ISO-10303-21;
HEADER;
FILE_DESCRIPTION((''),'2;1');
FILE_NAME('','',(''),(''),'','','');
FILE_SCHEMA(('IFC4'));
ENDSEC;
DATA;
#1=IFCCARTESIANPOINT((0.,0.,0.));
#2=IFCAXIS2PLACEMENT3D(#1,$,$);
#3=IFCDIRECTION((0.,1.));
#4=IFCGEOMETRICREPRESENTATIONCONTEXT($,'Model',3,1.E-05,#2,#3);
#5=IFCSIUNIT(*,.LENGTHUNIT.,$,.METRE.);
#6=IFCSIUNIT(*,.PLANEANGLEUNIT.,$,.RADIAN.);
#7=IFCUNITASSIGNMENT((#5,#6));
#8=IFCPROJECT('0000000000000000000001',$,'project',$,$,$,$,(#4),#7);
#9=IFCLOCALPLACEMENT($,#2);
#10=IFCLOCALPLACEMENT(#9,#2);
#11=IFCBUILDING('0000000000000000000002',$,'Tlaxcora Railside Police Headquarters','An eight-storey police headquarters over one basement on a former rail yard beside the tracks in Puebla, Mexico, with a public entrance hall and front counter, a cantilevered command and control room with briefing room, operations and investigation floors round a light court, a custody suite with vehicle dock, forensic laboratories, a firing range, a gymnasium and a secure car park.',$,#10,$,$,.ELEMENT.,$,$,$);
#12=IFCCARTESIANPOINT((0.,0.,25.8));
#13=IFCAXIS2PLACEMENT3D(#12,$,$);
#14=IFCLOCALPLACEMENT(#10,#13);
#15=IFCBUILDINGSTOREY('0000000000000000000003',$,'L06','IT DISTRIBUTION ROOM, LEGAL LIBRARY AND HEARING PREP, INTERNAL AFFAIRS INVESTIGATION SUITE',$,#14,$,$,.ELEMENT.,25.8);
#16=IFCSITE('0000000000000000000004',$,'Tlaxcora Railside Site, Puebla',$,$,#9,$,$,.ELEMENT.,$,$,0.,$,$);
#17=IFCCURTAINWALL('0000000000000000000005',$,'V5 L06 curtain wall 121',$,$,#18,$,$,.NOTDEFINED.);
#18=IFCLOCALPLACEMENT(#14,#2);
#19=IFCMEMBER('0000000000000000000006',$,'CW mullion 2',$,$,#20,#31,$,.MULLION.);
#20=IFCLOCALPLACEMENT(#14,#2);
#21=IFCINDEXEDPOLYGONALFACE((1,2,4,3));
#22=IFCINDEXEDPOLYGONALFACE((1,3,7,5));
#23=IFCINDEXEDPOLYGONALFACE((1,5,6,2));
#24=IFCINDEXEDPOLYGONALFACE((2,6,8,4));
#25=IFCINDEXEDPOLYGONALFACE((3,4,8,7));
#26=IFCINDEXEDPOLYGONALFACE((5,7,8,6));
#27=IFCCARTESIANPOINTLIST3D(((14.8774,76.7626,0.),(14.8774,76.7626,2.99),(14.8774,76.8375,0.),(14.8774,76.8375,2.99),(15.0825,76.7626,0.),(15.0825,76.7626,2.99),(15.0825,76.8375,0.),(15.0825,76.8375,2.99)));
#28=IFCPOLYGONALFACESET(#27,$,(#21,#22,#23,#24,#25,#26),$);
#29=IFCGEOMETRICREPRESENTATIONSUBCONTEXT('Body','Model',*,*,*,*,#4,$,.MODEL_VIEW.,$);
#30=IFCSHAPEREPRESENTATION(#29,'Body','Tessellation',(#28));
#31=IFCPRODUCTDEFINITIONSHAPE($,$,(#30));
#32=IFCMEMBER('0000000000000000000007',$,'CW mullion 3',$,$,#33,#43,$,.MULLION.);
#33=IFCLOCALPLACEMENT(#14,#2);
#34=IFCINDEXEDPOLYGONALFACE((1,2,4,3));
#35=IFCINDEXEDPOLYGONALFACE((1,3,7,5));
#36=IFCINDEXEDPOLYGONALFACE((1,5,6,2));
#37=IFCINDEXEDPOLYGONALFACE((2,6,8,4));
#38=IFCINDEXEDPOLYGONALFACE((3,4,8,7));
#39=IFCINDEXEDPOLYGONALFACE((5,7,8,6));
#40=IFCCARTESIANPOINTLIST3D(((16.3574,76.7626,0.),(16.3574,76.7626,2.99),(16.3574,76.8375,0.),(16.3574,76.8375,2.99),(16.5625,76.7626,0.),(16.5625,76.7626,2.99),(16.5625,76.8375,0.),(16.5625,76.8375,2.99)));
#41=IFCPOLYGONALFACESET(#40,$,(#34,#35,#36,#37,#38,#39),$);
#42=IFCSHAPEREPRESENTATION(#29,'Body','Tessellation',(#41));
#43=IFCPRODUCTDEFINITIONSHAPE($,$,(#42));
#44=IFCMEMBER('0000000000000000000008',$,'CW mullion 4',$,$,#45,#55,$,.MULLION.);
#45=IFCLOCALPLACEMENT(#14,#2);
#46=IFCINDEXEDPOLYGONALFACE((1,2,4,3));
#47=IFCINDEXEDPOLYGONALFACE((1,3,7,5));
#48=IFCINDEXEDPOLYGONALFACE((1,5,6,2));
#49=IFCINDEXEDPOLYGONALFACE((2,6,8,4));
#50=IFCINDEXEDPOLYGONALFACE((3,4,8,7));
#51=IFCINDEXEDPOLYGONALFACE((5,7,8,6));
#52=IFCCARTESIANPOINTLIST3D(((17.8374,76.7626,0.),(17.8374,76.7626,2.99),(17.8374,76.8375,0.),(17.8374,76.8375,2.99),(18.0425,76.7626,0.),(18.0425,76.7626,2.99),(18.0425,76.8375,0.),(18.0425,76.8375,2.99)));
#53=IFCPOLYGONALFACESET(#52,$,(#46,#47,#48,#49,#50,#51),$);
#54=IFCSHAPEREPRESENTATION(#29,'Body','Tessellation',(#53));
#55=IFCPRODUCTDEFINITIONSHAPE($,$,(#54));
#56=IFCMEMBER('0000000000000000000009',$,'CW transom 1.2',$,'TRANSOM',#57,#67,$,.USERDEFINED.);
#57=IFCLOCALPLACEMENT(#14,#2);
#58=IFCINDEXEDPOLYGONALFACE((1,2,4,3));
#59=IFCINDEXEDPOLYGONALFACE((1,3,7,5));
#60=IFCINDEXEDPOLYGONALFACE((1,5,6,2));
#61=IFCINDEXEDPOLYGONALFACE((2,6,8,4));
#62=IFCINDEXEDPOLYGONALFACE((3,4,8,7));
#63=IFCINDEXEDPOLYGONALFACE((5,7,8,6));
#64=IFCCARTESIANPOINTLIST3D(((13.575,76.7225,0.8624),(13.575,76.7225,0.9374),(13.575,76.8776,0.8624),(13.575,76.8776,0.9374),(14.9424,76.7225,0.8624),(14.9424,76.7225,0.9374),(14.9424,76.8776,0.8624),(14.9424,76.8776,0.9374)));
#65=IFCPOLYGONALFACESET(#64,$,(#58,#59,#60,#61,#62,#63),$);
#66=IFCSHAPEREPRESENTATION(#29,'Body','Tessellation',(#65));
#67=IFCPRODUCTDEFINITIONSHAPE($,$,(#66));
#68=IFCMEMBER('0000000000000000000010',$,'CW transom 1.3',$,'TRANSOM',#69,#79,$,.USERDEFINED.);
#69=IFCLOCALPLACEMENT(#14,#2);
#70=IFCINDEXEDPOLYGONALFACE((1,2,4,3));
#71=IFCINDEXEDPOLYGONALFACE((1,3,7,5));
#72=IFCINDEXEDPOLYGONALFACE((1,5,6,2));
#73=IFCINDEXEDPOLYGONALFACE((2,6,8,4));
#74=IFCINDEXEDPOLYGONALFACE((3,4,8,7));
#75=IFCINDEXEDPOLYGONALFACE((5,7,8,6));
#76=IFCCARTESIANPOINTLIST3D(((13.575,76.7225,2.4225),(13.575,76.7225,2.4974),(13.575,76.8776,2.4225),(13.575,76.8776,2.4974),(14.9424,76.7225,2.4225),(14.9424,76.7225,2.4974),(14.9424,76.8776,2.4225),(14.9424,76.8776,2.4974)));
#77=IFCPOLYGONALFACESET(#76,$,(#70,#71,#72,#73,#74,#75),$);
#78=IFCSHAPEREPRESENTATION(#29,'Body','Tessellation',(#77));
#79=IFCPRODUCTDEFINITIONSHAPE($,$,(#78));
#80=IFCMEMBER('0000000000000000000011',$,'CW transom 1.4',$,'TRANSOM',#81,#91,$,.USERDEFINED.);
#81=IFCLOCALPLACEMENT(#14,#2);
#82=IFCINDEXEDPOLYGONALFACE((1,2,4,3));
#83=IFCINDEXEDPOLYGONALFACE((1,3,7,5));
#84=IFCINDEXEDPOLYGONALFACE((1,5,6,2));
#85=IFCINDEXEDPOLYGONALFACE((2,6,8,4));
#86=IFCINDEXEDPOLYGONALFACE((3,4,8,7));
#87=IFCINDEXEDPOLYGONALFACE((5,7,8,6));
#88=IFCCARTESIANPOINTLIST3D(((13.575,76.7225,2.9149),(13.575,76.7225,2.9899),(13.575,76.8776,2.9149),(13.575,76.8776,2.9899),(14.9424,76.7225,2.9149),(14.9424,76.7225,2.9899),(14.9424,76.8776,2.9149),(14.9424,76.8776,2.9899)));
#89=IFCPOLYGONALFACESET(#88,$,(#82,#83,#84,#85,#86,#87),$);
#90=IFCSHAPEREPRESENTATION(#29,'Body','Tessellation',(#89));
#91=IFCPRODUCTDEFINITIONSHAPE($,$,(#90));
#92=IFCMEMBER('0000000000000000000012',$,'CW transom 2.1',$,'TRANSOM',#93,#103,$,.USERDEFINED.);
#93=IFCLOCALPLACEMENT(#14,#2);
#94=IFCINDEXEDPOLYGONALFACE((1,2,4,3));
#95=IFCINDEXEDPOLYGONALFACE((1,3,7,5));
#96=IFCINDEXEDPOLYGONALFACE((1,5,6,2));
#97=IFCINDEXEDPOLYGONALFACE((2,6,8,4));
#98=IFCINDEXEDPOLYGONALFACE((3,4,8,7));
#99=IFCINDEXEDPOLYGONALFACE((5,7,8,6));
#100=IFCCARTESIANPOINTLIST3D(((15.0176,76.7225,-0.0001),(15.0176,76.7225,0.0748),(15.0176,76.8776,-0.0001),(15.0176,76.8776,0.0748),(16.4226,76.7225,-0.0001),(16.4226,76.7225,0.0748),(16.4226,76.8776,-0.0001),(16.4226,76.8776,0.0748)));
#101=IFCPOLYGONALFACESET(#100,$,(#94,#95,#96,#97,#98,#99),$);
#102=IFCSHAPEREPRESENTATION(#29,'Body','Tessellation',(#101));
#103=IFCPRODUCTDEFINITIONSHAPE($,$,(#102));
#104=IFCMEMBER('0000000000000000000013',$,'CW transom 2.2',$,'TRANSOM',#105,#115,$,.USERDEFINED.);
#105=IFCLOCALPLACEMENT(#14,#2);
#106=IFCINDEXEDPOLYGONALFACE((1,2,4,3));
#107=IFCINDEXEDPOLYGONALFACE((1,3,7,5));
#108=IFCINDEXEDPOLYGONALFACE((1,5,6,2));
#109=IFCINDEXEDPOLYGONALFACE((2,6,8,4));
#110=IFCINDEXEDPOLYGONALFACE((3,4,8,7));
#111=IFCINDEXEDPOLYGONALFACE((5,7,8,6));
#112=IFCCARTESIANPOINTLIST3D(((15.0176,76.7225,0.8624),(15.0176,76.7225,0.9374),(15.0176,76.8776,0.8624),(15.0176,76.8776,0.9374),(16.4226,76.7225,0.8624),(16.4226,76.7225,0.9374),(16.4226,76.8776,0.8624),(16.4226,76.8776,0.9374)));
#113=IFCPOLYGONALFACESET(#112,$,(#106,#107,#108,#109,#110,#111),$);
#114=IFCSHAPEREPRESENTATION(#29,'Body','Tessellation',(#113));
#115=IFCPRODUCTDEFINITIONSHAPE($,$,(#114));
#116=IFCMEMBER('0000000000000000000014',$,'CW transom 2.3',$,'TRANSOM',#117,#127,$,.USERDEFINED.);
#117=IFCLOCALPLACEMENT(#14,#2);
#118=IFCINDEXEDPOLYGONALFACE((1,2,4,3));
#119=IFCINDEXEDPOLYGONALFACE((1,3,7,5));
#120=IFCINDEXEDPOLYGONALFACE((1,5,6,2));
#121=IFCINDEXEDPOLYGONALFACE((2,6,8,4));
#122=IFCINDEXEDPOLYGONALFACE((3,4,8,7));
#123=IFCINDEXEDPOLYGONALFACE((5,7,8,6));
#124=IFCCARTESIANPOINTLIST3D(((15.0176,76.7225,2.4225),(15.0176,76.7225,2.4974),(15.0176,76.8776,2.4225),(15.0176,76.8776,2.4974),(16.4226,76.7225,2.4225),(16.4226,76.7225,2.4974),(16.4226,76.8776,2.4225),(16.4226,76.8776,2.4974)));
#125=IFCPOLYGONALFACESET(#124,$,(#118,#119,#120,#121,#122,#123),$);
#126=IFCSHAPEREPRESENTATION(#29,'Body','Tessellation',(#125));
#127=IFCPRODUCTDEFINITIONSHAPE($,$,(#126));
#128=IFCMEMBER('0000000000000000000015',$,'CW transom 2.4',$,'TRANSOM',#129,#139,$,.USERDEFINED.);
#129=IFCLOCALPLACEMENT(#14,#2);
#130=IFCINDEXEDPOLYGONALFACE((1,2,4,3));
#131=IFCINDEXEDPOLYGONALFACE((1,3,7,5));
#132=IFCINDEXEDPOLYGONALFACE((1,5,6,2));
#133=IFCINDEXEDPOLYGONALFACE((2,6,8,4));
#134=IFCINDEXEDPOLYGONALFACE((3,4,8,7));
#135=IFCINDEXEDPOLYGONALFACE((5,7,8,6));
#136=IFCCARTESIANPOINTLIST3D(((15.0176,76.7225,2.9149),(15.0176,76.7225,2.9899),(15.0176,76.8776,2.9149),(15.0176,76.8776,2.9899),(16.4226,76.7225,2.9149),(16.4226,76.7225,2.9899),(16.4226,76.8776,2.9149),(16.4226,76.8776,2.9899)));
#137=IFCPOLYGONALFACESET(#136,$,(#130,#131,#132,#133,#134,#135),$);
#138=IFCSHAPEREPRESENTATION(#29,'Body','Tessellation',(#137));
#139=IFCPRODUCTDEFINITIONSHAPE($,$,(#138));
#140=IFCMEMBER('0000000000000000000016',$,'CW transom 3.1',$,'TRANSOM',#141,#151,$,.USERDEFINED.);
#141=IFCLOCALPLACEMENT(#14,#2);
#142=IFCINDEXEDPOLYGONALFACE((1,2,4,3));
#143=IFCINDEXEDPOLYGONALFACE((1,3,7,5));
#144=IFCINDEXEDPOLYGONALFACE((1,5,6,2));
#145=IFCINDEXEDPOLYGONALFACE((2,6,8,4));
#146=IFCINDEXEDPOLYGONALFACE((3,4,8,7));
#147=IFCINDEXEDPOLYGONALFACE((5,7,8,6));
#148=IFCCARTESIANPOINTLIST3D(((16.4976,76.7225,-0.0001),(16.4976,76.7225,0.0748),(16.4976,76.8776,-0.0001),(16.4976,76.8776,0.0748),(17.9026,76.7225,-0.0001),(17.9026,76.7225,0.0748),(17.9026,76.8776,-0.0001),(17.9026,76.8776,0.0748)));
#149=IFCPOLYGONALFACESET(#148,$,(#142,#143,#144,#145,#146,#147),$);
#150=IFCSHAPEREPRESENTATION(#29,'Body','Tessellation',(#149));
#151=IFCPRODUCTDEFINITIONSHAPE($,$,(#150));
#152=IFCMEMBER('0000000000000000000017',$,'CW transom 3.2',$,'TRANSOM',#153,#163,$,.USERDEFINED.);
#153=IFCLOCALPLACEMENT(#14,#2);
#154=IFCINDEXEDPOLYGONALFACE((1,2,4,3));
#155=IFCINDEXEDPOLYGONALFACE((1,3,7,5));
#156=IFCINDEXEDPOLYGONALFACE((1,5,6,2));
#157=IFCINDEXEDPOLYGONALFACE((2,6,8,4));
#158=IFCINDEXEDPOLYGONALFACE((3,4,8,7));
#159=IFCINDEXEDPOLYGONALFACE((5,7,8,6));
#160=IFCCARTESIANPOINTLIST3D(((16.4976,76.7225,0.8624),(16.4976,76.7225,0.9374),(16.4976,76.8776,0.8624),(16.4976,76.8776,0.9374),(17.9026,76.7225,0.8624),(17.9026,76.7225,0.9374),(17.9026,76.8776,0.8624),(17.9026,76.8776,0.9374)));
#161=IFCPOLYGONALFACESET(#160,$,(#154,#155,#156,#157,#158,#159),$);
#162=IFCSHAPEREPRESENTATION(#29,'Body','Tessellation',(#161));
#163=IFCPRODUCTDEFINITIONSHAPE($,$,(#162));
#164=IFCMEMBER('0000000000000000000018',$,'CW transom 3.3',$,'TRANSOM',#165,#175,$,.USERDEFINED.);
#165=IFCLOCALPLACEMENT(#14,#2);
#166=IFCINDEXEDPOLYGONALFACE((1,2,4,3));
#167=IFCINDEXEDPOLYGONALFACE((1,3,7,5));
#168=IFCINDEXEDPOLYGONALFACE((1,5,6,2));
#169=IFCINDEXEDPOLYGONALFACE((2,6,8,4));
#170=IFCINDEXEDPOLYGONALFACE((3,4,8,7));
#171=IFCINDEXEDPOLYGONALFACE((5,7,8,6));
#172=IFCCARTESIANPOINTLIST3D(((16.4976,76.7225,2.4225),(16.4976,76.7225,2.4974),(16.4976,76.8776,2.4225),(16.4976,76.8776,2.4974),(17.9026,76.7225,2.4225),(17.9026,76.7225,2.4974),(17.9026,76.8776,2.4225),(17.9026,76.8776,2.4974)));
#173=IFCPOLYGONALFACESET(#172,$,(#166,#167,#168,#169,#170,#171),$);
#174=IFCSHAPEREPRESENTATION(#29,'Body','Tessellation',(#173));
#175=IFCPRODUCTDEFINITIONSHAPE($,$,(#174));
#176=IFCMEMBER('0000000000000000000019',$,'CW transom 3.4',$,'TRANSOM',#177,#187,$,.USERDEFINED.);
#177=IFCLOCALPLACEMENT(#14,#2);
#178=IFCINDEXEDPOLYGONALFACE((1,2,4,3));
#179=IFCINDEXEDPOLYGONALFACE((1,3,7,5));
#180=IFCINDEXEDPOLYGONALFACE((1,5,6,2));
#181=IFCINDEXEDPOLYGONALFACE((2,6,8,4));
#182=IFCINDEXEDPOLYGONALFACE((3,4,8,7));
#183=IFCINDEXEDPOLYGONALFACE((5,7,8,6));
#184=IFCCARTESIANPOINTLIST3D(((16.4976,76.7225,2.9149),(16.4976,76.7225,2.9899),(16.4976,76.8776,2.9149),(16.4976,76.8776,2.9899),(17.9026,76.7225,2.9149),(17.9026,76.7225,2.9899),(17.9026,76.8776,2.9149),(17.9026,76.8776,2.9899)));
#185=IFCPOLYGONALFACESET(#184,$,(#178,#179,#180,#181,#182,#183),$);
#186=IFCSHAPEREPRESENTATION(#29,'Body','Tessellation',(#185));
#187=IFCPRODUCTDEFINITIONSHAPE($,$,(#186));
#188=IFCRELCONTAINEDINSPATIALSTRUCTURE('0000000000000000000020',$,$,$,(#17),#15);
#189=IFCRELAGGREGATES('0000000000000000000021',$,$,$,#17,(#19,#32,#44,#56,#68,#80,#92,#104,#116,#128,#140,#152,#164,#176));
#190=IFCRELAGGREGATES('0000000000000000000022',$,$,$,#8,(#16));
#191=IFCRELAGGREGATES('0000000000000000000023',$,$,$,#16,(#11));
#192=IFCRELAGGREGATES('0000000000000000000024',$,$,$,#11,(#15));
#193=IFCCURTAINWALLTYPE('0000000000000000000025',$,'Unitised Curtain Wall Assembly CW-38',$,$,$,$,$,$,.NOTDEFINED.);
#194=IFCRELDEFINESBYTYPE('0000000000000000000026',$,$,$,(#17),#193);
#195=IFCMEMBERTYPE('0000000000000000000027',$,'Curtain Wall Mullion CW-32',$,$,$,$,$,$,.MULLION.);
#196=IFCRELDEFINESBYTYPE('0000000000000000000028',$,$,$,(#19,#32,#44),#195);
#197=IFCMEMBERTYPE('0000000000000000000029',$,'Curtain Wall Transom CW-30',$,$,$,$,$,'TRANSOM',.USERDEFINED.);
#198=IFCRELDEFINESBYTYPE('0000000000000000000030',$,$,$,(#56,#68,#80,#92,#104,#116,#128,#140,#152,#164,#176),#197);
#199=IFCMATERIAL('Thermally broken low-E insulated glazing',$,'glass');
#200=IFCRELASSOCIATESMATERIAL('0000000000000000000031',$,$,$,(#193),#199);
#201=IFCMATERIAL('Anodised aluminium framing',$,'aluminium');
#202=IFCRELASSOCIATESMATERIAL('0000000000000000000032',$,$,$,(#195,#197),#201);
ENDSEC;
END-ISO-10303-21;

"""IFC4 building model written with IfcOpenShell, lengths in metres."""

from ifc_helpers import new_model, si_unit, direction, frame, origin, origin_2d, place, context, subcontext, project, spatial, rectangle, extrude, material, material_profile, profile_set, type_object, element, aggregate, save


model = new_model("IFC4")

# Units and contexts
model_context = context("Model", 3, precision=1e-05, world=origin(), true_north=direction((0.0, 1.0)))
body_context = subcontext(model_context, "Body", "Model", "MODEL_VIEW")
ifc_project = project(units=[si_unit("LENGTHUNIT", "METRE"), si_unit("PLANEANGLEUNIT", "RADIAN")], contexts=[model_context])

# Site, building, storey
site_placement = place(None, origin())
site = spatial("IfcSite", under=ifc_project, at=site_placement, Name="Tlaxcora Railside Site, Puebla", CompositionType="ELEMENT", RefElevation=0.0)
building_placement = place(site_placement, origin())
building = spatial("IfcBuilding", under=site, at=building_placement, Name="Tlaxcora Railside Police Headquarters", Description="An eight-storey police headquarters over one basement on a former rail yard beside the tracks in Puebla, Mexico, with a public entrance hall and front counter, a cantilevered command and control room with briefing room, operations and investigation floors round a light court, a custody suite with vehicle dock, forensic laboratories, a firing range, a gymnasium and a secure car park.", CompositionType="ELEMENT")
storey_placement = place(building_placement, frame((0.0, 0.0, 25.8)))
storey = spatial("IfcBuildingStorey", under=building, at=storey_placement, Name="L06", Description="IT DISTRIBUTION ROOM, LEGAL LIBRARY AND HEARING PREP, INTERNAL AFFAIRS INVESTIGATION SUITE", CompositionType="ELEMENT", Elevation=25.8)

# Curtain wall, members
ifc_material_1 = material(Name="Thermally broken low-E insulated glazing", Category="glass")
curtain_wall_type = type_object("IfcCurtainWallType", Name="Unitised Curtain Wall Assembly CW-38", PredefinedType="NOTDEFINED", material=ifc_material_1)
curtain_wall_placement = place(storey_placement, origin())
curtain_wall = element("IfcCurtainWall", 1, at=curtain_wall_placement, inside=storey, type_object=curtain_wall_type, Name="V5 L06 curtain wall 121", PredefinedType="NOTDEFINED")
ifc_material_2 = material(Name="Anodised aluminium framing", Category="aluminium")
ifc_material_profile_1 = material_profile(ifc_material_2, rectangle(XDim=0.075, YDim=0.2051, at=origin_2d()), Name="AL75X205")
ifc_profile_set_1 = profile_set([ifc_material_profile_1], Name="Anodised aluminium framing")
member_type_1 = type_object("IfcMemberType", Name="Curtain Wall Mullion CW-32", PredefinedType="MULLION", material=ifc_profile_set_1)
member_1_placement = place(storey_placement, frame((14.98, 76.8, 0.0), z_axis=(0.0, 0.0, 1.0), x_axis=(0.0, 1.0, 0.0)))
member_1 = element("IfcMember", 2, at=member_1_placement, type_object=member_type_1, Name="CW mullion 2", PredefinedType="MULLION", context=body_context, shape_type="SweptSolid", body=[
    extrude(rectangle(XDim=0.075, YDim=0.2051, at=origin_2d()), origin(), (0.0, 0.0, 1.0), 2.99),
])
member_2_placement = place(storey_placement, frame((16.46, 76.8, 0.0), z_axis=(0.0, 0.0, 1.0), x_axis=(0.0, 1.0, 0.0)))
member_2 = element("IfcMember", 3, at=member_2_placement, type_object=member_type_1, Name="CW mullion 3", PredefinedType="MULLION", context=body_context, shape_type="SweptSolid", body=[
    extrude(rectangle(XDim=0.075, YDim=0.2051, at=origin_2d()), origin(), (0.0, 0.0, 1.0), 2.99),
])
member_3_placement = place(storey_placement, frame((17.9399, 76.8, 0.0), z_axis=(0.0, 0.0, 1.0), x_axis=(0.0, 1.0, 0.0)))
member_3 = element("IfcMember", 4, at=member_3_placement, type_object=member_type_1, Name="CW mullion 4", PredefinedType="MULLION", context=body_context, shape_type="SweptSolid", body=[
    extrude(rectangle(XDim=0.075, YDim=0.2051, at=origin_2d()), origin(), (0.0, 0.0, 1.0), 2.99),
])
ifc_material_profile_2 = material_profile(ifc_material_2, rectangle(XDim=0.155, YDim=0.075, at=origin_2d()), Name="AL75X155")
ifc_profile_set_2 = profile_set([ifc_material_profile_2], Name="Anodised aluminium framing")
member_type_2 = type_object("IfcMemberType", Name="Curtain Wall Transom CW-30", ElementType="TRANSOM", PredefinedType="USERDEFINED", material=ifc_profile_set_2)
member_4_placement = place(storey_placement, frame((13.575, 76.8, 0.8999), z_axis=(1.0, 0.0, 0.0), x_axis=(0.0, 1.0, 0.0)))
member_4 = element("IfcMember", 5, at=member_4_placement, type_object=member_type_2, Name="CW transom 1.2", ObjectType="TRANSOM", PredefinedType="USERDEFINED", context=body_context, shape_type="SweptSolid", body=[
    extrude(rectangle(XDim=0.155, YDim=0.075, at=origin_2d()), origin(), (0.0, 0.0, 1.0), 1.3674),
])
member_5_placement = place(storey_placement, frame((13.575, 76.8, 2.46), z_axis=(1.0, 0.0, 0.0), x_axis=(0.0, 1.0, 0.0)))
member_5 = element("IfcMember", 6, at=member_5_placement, type_object=member_type_2, Name="CW transom 1.3", ObjectType="TRANSOM", PredefinedType="USERDEFINED", context=body_context, shape_type="SweptSolid", body=[
    extrude(rectangle(XDim=0.155, YDim=0.075, at=origin_2d()), origin(), (0.0, 0.0, 1.0), 1.3674),
])
member_6_placement = place(storey_placement, frame((13.575, 76.8, 2.9524), z_axis=(1.0, 0.0, 0.0), x_axis=(0.0, 1.0, 0.0)))
member_6 = element("IfcMember", 7, at=member_6_placement, type_object=member_type_2, Name="CW transom 1.4", ObjectType="TRANSOM", PredefinedType="USERDEFINED", context=body_context, shape_type="SweptSolid", body=[
    extrude(rectangle(XDim=0.155, YDim=0.075, at=origin_2d()), origin(), (0.0, 0.0, 1.0), 1.3674),
])
member_7_placement = place(storey_placement, frame((15.0176, 76.8, 0.0374), z_axis=(1.0, 0.0, 0.0), x_axis=(0.0, 1.0, 0.0)))
member_7 = element("IfcMember", 8, at=member_7_placement, type_object=member_type_2, Name="CW transom 2.1", ObjectType="TRANSOM", PredefinedType="USERDEFINED", context=body_context, shape_type="SweptSolid", body=[
    extrude(rectangle(XDim=0.155, YDim=0.075, at=origin_2d()), origin(), (0.0, 0.0, 1.0), 1.405),
])
member_8_placement = place(storey_placement, frame((15.0176, 76.8, 0.8999), z_axis=(1.0, 0.0, 0.0), x_axis=(0.0, 1.0, 0.0)))
member_8 = element("IfcMember", 9, at=member_8_placement, type_object=member_type_2, Name="CW transom 2.2", ObjectType="TRANSOM", PredefinedType="USERDEFINED", context=body_context, shape_type="SweptSolid", body=[
    extrude(rectangle(XDim=0.155, YDim=0.075, at=origin_2d()), origin(), (0.0, 0.0, 1.0), 1.405),
])
member_9_placement = place(storey_placement, frame((15.0176, 76.8, 2.46), z_axis=(1.0, 0.0, 0.0), x_axis=(0.0, 1.0, 0.0)))
member_9 = element("IfcMember", 10, at=member_9_placement, type_object=member_type_2, Name="CW transom 2.3", ObjectType="TRANSOM", PredefinedType="USERDEFINED", context=body_context, shape_type="SweptSolid", body=[
    extrude(rectangle(XDim=0.155, YDim=0.075, at=origin_2d()), origin(), (0.0, 0.0, 1.0), 1.405),
])
member_10_placement = place(storey_placement, frame((15.0176, 76.8, 2.9524), z_axis=(1.0, 0.0, 0.0), x_axis=(0.0, 1.0, 0.0)))
member_10 = element("IfcMember", 11, at=member_10_placement, type_object=member_type_2, Name="CW transom 2.4", ObjectType="TRANSOM", PredefinedType="USERDEFINED", context=body_context, shape_type="SweptSolid", body=[
    extrude(rectangle(XDim=0.155, YDim=0.075, at=origin_2d()), origin(), (0.0, 0.0, 1.0), 1.405),
])
member_11_placement = place(storey_placement, frame((16.4976, 76.8, 0.0374), z_axis=(1.0, 0.0, 0.0), x_axis=(0.0, 1.0, 0.0)))
member_11 = element("IfcMember", 12, at=member_11_placement, type_object=member_type_2, Name="CW transom 3.1", ObjectType="TRANSOM", PredefinedType="USERDEFINED", context=body_context, shape_type="SweptSolid", body=[
    extrude(rectangle(XDim=0.155, YDim=0.075, at=origin_2d()), origin(), (0.0, 0.0, 1.0), 1.405),
])
member_12_placement = place(storey_placement, frame((16.4976, 76.8, 0.8999), z_axis=(1.0, 0.0, 0.0), x_axis=(0.0, 1.0, 0.0)))
member_12 = element("IfcMember", 13, at=member_12_placement, type_object=member_type_2, Name="CW transom 3.2", ObjectType="TRANSOM", PredefinedType="USERDEFINED", context=body_context, shape_type="SweptSolid", body=[
    extrude(rectangle(XDim=0.155, YDim=0.075, at=origin_2d()), origin(), (0.0, 0.0, 1.0), 1.405),
])
member_13_placement = place(storey_placement, frame((16.4976, 76.8, 2.46), z_axis=(1.0, 0.0, 0.0), x_axis=(0.0, 1.0, 0.0)))
member_13 = element("IfcMember", 14, at=member_13_placement, type_object=member_type_2, Name="CW transom 3.3", ObjectType="TRANSOM", PredefinedType="USERDEFINED", context=body_context, shape_type="SweptSolid", body=[
    extrude(rectangle(XDim=0.155, YDim=0.075, at=origin_2d()), origin(), (0.0, 0.0, 1.0), 1.405),
])
member_14_placement = place(storey_placement, frame((16.4976, 76.8, 2.9524), z_axis=(1.0, 0.0, 0.0), x_axis=(0.0, 1.0, 0.0)))
member_14 = element("IfcMember", 15, at=member_14_placement, type_object=member_type_2, Name="CW transom 3.4", ObjectType="TRANSOM", PredefinedType="USERDEFINED", context=body_context, shape_type="SweptSolid", body=[
    extrude(rectangle(XDim=0.155, YDim=0.075, at=origin_2d()), origin(), (0.0, 0.0, 1.0), 1.405),
])
aggregate(curtain_wall, [member_1, member_2, member_3, member_4, member_5, member_6, member_7, member_8, member_9, member_10, member_11, member_12, member_13, member_14])

save(model, "model.ifc")
